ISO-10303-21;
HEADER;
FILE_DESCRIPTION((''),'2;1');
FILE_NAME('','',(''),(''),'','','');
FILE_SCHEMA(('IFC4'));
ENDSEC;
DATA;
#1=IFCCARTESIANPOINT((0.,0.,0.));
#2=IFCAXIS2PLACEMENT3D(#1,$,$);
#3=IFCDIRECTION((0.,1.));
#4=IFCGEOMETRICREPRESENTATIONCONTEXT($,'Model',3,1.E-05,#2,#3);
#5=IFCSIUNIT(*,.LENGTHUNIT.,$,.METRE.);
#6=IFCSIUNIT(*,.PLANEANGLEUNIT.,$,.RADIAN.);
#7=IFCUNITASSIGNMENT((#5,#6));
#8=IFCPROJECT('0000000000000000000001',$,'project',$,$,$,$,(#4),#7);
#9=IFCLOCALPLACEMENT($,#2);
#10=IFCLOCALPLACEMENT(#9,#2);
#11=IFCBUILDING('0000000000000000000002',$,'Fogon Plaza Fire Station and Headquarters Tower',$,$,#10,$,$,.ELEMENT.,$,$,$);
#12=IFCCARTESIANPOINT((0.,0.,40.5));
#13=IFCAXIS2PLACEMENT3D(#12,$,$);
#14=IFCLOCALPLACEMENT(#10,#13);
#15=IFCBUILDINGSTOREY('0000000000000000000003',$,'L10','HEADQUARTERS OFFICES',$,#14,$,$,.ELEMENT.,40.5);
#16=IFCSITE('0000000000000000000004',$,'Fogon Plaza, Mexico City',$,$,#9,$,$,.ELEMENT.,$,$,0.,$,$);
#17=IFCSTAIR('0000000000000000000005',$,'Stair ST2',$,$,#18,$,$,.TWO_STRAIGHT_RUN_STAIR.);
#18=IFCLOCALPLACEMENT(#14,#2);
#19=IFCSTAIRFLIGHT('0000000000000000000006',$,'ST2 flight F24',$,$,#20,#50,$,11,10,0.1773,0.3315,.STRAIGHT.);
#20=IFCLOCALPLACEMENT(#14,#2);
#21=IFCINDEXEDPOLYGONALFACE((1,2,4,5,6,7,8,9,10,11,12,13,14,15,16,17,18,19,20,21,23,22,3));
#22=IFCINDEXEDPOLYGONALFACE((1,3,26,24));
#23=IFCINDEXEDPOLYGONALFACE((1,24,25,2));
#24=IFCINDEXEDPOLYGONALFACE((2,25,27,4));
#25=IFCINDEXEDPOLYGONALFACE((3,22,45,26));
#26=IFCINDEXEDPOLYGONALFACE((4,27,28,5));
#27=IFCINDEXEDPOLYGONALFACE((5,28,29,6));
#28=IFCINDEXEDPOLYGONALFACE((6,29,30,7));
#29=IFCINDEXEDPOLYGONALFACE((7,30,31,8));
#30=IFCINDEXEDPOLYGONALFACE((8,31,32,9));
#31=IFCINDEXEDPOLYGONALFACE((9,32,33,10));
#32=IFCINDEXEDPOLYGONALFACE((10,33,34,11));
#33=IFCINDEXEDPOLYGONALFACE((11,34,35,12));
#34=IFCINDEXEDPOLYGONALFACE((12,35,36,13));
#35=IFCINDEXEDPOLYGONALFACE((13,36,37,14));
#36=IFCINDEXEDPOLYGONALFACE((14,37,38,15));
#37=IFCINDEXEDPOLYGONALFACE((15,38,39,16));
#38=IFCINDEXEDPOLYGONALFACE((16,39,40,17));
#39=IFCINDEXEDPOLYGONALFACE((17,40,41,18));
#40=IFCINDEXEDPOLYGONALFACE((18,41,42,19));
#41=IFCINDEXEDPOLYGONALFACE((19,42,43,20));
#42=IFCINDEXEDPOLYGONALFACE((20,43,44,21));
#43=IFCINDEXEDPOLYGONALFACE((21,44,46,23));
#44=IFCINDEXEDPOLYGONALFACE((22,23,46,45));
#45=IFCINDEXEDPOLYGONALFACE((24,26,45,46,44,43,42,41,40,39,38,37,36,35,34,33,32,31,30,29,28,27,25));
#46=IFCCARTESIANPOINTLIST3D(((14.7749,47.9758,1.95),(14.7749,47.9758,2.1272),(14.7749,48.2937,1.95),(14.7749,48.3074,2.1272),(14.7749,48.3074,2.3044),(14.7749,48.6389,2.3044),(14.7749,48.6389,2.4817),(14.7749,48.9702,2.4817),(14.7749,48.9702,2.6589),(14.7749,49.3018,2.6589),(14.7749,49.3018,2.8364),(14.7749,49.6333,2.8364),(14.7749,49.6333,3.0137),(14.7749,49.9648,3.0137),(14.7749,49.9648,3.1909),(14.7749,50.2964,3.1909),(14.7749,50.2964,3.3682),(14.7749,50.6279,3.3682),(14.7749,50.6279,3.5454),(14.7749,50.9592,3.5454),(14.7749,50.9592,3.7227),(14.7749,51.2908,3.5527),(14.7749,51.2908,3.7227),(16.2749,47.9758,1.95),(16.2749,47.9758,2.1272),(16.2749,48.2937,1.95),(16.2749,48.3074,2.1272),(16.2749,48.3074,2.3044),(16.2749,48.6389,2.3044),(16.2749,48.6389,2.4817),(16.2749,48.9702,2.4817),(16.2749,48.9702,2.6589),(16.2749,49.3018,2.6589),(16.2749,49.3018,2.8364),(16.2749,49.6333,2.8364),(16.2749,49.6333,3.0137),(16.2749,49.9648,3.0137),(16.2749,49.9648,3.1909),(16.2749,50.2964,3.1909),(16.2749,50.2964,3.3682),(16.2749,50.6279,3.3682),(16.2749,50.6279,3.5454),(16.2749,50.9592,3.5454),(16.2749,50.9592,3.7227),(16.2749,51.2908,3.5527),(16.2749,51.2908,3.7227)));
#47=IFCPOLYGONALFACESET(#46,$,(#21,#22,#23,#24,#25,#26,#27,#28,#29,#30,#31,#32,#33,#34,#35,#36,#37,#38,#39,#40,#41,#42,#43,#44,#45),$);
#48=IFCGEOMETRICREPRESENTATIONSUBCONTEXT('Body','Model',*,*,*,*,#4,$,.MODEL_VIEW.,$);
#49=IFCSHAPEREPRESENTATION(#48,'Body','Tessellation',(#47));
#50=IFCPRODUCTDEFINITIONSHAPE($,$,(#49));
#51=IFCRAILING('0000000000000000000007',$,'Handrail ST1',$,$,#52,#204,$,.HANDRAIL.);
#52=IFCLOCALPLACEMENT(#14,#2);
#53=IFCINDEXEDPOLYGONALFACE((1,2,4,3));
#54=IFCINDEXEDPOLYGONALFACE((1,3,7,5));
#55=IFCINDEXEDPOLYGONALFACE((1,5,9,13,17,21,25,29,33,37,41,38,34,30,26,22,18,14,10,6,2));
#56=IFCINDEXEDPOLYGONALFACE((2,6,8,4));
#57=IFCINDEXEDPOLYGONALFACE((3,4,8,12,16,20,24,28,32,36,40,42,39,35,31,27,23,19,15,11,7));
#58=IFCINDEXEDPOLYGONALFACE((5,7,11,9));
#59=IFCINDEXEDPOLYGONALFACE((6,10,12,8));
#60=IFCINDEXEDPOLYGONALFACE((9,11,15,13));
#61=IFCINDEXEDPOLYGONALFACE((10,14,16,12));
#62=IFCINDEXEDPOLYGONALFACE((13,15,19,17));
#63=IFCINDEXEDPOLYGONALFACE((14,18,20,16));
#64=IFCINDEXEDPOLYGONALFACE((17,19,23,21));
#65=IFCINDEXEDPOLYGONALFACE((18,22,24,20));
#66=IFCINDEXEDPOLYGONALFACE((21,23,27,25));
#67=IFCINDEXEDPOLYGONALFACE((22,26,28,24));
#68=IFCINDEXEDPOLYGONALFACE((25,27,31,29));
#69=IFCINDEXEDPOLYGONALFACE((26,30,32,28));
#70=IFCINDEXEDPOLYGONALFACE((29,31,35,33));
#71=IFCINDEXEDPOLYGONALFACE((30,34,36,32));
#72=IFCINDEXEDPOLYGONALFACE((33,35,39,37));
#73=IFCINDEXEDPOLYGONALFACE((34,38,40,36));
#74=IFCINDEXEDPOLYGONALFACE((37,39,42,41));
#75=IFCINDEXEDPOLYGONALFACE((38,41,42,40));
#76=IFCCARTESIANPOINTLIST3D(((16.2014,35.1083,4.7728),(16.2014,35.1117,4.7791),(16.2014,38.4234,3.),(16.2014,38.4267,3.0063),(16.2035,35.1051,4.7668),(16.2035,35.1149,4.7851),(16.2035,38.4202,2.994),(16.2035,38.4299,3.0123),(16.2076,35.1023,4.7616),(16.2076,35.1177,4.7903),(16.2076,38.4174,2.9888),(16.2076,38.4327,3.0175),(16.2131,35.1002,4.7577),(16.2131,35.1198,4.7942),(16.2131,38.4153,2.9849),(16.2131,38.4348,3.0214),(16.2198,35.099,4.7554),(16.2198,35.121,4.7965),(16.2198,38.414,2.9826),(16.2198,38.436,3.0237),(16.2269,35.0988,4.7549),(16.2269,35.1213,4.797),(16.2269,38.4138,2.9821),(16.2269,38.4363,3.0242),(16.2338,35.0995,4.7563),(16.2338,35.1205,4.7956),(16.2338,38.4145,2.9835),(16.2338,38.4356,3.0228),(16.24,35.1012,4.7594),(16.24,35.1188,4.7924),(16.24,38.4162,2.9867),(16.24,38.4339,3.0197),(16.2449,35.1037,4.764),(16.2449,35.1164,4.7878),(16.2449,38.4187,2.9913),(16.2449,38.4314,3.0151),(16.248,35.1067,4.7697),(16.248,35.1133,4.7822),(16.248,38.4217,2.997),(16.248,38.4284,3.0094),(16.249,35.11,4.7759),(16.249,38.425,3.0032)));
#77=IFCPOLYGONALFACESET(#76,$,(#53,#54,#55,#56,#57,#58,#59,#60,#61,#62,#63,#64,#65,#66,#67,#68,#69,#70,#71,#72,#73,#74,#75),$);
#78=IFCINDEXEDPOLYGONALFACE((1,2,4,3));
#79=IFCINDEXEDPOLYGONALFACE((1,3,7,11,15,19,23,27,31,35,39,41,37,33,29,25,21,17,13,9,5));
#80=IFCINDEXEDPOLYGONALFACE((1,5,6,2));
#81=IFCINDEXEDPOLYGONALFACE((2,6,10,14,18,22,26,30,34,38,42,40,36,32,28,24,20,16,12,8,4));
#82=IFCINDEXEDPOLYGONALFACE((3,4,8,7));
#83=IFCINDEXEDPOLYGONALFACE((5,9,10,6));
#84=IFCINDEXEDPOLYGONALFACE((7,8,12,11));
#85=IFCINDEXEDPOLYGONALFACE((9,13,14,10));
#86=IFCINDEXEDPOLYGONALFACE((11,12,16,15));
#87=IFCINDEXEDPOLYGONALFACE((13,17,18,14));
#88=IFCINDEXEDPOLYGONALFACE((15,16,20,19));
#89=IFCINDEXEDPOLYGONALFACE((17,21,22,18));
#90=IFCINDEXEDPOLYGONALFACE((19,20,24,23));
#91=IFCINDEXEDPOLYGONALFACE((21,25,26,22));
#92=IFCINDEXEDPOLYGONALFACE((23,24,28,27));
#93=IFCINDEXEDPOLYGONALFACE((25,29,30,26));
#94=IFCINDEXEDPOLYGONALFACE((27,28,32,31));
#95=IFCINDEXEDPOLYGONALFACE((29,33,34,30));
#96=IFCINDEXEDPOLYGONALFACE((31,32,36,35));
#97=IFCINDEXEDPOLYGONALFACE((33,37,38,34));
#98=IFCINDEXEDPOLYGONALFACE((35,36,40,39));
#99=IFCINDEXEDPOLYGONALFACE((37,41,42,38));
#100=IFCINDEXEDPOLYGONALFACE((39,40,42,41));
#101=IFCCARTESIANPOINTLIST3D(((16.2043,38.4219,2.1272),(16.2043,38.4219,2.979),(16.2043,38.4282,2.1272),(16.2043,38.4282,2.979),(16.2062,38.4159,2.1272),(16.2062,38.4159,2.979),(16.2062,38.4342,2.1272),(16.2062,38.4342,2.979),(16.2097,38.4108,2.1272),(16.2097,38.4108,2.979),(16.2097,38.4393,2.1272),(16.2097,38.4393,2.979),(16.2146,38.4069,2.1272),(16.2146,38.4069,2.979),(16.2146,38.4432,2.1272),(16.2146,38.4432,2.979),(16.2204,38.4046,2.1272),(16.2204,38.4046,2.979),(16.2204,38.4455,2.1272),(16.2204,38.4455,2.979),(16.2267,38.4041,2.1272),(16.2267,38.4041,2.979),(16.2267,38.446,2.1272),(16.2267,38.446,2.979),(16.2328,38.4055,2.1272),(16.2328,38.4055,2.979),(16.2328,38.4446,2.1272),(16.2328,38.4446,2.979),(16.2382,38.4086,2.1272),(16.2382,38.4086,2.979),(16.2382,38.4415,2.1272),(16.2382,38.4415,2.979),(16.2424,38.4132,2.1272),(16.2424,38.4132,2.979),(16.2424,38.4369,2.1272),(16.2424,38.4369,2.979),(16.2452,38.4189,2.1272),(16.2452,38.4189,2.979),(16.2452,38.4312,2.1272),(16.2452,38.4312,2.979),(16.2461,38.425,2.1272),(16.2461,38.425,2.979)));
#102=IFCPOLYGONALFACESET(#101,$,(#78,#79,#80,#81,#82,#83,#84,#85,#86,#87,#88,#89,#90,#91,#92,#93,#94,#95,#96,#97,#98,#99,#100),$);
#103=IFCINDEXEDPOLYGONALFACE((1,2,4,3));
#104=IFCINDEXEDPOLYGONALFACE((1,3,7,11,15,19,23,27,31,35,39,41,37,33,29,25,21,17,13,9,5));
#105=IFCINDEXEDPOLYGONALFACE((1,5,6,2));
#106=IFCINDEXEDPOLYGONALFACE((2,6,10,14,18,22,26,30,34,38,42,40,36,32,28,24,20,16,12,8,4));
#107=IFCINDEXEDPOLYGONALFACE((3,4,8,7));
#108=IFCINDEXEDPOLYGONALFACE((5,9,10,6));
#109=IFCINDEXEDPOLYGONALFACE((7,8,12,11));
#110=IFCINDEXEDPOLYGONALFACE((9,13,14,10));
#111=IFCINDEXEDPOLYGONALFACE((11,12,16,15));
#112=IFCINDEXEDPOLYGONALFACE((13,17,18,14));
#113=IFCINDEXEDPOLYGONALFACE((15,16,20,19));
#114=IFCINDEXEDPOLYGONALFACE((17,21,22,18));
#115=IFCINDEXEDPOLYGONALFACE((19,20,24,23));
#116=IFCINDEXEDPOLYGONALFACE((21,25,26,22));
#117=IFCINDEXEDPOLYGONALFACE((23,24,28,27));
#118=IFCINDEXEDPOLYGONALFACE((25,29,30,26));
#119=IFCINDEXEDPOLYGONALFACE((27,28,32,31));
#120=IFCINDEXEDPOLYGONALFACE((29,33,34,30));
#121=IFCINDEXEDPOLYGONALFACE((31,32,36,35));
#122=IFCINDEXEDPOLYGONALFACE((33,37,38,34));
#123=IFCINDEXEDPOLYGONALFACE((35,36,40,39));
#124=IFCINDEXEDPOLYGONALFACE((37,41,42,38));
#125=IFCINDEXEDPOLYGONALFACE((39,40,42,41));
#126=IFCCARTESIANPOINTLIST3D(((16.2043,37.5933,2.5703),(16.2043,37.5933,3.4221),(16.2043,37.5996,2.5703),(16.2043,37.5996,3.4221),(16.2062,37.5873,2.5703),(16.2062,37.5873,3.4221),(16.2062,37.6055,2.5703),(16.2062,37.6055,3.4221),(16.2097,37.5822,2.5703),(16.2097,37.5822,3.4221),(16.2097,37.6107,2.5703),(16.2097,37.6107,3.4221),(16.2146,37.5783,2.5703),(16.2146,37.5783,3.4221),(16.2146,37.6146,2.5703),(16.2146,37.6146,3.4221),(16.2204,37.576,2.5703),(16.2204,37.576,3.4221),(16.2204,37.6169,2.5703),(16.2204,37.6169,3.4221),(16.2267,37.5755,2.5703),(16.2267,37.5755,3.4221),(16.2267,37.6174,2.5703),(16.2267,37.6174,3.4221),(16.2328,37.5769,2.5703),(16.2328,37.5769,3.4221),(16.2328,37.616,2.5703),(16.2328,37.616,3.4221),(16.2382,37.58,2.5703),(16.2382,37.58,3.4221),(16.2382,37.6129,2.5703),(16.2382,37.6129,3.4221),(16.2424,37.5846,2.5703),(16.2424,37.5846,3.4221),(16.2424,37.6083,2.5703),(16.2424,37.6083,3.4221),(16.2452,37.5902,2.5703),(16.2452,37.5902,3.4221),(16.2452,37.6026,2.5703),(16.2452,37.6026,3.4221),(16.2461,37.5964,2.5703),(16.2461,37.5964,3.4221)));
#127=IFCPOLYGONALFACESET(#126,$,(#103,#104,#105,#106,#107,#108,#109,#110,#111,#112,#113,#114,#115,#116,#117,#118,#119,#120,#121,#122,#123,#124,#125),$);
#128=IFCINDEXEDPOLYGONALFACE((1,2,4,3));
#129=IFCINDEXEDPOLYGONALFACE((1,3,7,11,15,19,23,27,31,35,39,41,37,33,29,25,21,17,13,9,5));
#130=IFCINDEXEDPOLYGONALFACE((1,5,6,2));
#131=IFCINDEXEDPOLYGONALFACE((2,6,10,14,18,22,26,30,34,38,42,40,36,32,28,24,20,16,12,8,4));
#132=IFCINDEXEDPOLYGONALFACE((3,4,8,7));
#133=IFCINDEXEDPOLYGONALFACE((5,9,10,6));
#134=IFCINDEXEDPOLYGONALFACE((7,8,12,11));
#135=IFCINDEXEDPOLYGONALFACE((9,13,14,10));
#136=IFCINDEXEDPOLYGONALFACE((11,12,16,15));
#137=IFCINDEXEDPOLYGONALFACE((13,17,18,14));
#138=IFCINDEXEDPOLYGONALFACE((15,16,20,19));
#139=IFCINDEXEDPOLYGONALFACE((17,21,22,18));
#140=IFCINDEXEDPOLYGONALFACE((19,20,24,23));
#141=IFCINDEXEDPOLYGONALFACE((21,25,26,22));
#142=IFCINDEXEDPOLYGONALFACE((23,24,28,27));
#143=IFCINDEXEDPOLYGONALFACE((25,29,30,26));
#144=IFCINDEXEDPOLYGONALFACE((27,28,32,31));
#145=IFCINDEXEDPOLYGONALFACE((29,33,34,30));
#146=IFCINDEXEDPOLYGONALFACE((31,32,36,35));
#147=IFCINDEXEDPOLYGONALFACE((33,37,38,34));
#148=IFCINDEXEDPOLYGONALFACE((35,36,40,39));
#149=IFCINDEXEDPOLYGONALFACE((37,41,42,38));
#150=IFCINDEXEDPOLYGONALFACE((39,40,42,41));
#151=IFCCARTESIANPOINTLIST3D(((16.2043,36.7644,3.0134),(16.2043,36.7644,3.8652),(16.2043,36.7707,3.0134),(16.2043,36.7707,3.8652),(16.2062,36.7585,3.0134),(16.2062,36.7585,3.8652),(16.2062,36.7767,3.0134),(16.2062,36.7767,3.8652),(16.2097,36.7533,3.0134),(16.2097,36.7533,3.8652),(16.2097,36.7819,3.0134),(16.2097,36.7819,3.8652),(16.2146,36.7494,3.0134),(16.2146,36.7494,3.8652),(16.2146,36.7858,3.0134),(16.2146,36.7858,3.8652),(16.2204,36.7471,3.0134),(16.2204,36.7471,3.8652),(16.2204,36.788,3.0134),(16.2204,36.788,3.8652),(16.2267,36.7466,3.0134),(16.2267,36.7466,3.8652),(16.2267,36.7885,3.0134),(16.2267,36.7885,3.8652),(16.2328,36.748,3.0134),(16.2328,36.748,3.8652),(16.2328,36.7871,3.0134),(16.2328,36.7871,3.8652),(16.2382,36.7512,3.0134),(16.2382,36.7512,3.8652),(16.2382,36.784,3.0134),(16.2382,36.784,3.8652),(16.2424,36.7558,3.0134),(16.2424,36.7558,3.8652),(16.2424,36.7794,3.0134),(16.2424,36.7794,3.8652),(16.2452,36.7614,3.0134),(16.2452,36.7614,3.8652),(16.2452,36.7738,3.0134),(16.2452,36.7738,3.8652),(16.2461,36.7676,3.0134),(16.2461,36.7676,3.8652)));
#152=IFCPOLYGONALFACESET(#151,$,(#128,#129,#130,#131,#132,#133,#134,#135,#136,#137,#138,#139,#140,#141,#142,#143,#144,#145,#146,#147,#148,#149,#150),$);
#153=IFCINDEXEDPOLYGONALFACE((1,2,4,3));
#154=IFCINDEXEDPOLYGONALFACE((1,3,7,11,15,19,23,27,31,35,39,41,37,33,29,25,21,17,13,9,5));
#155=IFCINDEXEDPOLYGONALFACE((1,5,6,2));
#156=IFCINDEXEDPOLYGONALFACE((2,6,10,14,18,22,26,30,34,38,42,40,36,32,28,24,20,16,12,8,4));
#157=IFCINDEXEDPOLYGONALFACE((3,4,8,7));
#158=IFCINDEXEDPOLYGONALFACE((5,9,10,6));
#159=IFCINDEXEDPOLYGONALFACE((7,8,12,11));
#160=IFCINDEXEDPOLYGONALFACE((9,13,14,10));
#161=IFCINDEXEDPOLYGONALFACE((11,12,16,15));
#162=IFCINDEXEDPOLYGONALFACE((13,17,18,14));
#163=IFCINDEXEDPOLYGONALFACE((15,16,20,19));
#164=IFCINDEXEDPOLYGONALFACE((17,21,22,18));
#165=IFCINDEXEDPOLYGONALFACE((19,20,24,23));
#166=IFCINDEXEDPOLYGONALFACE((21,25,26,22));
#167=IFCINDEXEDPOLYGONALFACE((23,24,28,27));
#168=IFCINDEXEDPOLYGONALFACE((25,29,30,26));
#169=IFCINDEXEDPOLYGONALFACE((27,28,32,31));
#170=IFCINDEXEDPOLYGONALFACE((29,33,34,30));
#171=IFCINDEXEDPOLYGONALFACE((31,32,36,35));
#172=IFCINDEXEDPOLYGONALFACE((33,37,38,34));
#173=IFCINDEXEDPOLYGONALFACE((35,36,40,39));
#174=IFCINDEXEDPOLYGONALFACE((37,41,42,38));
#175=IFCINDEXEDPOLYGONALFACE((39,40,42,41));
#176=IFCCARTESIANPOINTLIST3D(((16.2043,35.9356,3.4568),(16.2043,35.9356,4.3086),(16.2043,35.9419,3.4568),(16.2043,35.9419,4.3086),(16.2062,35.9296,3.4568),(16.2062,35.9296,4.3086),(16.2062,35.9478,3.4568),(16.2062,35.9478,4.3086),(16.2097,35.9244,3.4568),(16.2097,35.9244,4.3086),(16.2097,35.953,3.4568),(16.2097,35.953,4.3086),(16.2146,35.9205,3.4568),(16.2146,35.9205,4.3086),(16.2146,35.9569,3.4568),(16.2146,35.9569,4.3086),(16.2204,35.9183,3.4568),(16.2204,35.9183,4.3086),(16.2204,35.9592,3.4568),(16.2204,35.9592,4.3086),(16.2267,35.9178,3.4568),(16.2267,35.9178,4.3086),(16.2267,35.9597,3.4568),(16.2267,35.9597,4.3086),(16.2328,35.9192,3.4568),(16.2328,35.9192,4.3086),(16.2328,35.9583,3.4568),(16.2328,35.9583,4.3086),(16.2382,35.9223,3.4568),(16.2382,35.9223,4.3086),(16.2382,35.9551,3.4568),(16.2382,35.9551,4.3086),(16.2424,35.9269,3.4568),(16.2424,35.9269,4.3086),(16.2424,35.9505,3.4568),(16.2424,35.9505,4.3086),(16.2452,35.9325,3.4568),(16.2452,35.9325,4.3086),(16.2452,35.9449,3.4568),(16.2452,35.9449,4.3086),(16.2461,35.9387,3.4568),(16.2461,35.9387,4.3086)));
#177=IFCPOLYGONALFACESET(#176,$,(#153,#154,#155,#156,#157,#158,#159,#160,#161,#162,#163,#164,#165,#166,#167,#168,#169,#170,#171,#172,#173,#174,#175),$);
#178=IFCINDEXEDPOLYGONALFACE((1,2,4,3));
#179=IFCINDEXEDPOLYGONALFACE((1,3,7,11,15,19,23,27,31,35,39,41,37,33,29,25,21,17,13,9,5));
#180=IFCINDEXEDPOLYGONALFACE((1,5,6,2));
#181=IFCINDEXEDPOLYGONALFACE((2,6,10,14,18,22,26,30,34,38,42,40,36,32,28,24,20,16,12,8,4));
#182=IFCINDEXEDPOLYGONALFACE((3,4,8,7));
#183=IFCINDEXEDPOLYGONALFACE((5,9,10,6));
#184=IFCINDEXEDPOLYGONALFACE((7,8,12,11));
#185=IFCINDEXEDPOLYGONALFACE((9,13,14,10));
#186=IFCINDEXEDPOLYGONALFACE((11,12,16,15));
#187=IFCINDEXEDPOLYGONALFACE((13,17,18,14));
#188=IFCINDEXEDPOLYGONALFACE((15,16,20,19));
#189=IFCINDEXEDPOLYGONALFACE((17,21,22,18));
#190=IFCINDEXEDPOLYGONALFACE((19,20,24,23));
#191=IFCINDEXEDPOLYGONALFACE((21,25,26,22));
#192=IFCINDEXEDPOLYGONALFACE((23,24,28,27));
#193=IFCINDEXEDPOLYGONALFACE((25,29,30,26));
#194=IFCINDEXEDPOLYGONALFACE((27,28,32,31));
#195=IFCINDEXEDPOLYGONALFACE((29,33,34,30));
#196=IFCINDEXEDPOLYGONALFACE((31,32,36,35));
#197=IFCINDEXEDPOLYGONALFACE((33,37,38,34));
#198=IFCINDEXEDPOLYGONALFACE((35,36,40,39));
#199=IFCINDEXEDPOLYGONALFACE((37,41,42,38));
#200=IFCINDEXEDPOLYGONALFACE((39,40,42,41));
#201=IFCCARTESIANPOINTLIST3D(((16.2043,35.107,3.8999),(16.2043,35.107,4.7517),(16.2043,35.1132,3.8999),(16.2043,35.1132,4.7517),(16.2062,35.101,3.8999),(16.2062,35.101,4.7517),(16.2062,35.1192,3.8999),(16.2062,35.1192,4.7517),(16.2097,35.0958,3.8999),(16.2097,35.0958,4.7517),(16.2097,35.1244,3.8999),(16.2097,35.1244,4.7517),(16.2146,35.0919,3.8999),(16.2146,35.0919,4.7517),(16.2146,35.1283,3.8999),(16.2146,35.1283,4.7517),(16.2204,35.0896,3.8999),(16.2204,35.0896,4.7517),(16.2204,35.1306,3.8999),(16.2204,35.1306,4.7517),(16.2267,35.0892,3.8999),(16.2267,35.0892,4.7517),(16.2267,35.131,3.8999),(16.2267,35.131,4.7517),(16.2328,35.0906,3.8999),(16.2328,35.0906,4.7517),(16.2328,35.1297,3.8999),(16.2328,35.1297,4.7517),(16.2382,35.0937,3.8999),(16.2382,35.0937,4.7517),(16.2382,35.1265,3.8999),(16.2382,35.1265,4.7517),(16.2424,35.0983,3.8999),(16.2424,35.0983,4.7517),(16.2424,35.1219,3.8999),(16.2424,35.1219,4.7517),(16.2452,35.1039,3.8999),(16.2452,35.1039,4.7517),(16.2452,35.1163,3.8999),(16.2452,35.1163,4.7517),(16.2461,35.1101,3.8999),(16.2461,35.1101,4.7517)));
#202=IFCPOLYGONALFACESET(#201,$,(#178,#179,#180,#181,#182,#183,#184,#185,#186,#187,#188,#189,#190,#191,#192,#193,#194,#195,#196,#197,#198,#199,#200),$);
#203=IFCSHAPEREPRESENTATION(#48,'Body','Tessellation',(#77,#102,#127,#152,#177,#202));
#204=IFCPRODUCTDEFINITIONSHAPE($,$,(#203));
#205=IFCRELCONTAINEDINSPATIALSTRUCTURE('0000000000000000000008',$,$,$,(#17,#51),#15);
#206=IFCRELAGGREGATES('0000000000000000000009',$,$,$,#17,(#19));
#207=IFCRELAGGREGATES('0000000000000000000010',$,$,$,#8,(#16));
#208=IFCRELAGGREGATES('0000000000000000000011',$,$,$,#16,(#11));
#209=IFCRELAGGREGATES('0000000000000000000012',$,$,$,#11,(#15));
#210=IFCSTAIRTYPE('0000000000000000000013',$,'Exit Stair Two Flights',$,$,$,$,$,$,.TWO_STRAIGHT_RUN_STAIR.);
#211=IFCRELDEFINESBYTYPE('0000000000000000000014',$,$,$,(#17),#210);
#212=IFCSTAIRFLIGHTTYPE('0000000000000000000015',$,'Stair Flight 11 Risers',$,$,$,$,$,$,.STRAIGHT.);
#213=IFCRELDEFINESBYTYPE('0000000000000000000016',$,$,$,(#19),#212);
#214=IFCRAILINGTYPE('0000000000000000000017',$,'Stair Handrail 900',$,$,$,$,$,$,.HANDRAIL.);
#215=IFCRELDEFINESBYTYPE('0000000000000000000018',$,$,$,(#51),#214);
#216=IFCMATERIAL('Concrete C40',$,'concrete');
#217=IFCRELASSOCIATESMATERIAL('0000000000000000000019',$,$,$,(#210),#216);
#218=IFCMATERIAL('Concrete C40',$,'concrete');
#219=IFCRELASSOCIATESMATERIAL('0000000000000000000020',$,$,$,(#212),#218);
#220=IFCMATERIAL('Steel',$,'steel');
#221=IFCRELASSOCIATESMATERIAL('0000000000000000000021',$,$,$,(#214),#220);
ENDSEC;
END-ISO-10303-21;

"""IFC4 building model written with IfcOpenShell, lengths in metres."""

from ifc_helpers import new_model, si_unit, direction, frame, origin, origin_2d, place, context, subcontext, project, spatial, polyline, circle, outline, extrude, material, type_object, element, aggregate, save


model = new_model("IFC4")

# Units and contexts
model_context = context("Model", 3, precision=1e-05, world=origin(), true_north=direction((0.0, 1.0)))
body_context = subcontext(model_context, "Body", "Model", "MODEL_VIEW")
ifc_project = project(units=[si_unit("LENGTHUNIT", "METRE"), si_unit("PLANEANGLEUNIT", "RADIAN")], contexts=[model_context])

# Site, building, storey
site_placement = place(None, origin())
site = spatial("IfcSite", under=ifc_project, at=site_placement, Name="Fogon Plaza, Mexico City", CompositionType="ELEMENT", RefElevation=0.0)
building_placement = place(site_placement, origin())
building = spatial("IfcBuilding", under=site, at=building_placement, Name="Fogon Plaza Fire Station and Headquarters Tower", CompositionType="ELEMENT")
storey_placement = place(building_placement, frame((0.0, 0.0, 40.5)))
storey = spatial("IfcBuildingStorey", under=building, at=storey_placement, Name="L10", Description="HEADQUARTERS OFFICES", CompositionType="ELEMENT", Elevation=40.5)

# Stair, stair flight
ifc_material_1 = material(Name="Concrete C40", Category="concrete")
stair_type = type_object("IfcStairType", Name="Exit Stair Two Flights", PredefinedType="TWO_STRAIGHT_RUN_STAIR", material=ifc_material_1)
ifc_material_2 = material(Name="Concrete C40", Category="concrete")
stair_flight_type = type_object("IfcStairFlightType", Name="Stair Flight 11 Risers", PredefinedType="STRAIGHT", material=ifc_material_2)
stair_1_placement = place(storey_placement, origin())
stair_1 = element("IfcStair", 1, at=stair_1_placement, inside=storey, type_object=stair_type, Name="Stair ST2", PredefinedType="TWO_STRAIGHT_RUN_STAIR")
stair_flight_1_placement = place(storey_placement, frame((15.5249, 47.9758, 1.95), z_axis=(0.0, 0.0, 1.0), x_axis=(0.0, 1.0, 0.0)))
stair_flight_1 = element("IfcStairFlight", 2, at=stair_flight_1_placement, type_object=stair_flight_type, Name="ST2 flight F24", NumberOfRisers=11, NumberOfTreads=10, PredefinedType="STRAIGHT", RiserHeight=0.1773, TreadLength=0.3315, context=body_context, shape_type="SweptSolid", body=[
    extrude(outline(polyline([(0.0, 0.0), (0.0, 0.1772), (0.3315, 0.1772), (0.3315, 0.3545), (0.6631, 0.3545), (0.6631, 0.5317), (0.9944, 0.5317), (0.9944, 0.709), (1.3259, 0.709), (1.3259, 0.8865), (1.6575, 0.8865), (1.6575, 1.0637), (1.989, 1.0637), (1.989, 1.241), (2.3206, 1.241), (2.3206, 1.4182), (2.6521, 1.4182), (2.6521, 1.5955), (2.9834, 1.5955), (2.9834, 1.7727), (3.3149, 1.7727), (3.3149, 1.95), (3.3149, 1.6028), (0.3179, 0.0), (0.0, 0.0)])), frame((0.0, 0.75, 0.0), z_axis=(0.0, -1.0, 0.0), x_axis=(1.0, 0.0, 0.0)), (0.0, 0.0, 1.0), 1.5),
])
aggregate(stair_1, [stair_flight_1])

# Railing
ifc_material_3 = material(Name="Steel", Category="steel")
railing_type = type_object("IfcRailingType", Name="Stair Handrail 900", PredefinedType="HANDRAIL", material=ifc_material_3)
for number, where, name in (
    (3, (16.2251, 38.425, 2.1272), "Handrail ST1"),
):
    element("IfcRailing", number, at=place(storey_placement, frame(where)), inside=storey, type_object=railing_type, Name=name, PredefinedType="HANDRAIL", context=body_context, shape_type="SweptSolid", body=[
        extrude(circle(Radius=0.0239, at=origin_2d()), frame((0.0, 0.0, 0.876), z_axis=(0.0, -0.881829, 0.471569), x_axis=(1.0, 0.0, 0.0)), (0.0, 0.0, 1.0), 3.7593),
        extrude(circle(Radius=0.021, at=origin_2d()), origin(), (0.0, 0.0, 1.0), 0.8518),
        extrude(circle(Radius=0.021, at=origin_2d()), frame((0.0, -0.8286, 0.4431)), (0.0, 0.0, 1.0), 0.8518),
        extrude(circle(Radius=0.021, at=origin_2d()), frame((0.0, -1.6575, 0.8862)), (0.0, 0.0, 1.0), 0.8518),
        extrude(circle(Radius=0.021, at=origin_2d()), frame((0.0, -2.4863, 1.3296)), (0.0, 0.0, 1.0), 0.8518),
        extrude(circle(Radius=0.021, at=origin_2d()), frame((0.0, -3.3149, 1.7727)), (0.0, 0.0, 1.0), 0.8518),
    ])

save(model, "model.ifc")
